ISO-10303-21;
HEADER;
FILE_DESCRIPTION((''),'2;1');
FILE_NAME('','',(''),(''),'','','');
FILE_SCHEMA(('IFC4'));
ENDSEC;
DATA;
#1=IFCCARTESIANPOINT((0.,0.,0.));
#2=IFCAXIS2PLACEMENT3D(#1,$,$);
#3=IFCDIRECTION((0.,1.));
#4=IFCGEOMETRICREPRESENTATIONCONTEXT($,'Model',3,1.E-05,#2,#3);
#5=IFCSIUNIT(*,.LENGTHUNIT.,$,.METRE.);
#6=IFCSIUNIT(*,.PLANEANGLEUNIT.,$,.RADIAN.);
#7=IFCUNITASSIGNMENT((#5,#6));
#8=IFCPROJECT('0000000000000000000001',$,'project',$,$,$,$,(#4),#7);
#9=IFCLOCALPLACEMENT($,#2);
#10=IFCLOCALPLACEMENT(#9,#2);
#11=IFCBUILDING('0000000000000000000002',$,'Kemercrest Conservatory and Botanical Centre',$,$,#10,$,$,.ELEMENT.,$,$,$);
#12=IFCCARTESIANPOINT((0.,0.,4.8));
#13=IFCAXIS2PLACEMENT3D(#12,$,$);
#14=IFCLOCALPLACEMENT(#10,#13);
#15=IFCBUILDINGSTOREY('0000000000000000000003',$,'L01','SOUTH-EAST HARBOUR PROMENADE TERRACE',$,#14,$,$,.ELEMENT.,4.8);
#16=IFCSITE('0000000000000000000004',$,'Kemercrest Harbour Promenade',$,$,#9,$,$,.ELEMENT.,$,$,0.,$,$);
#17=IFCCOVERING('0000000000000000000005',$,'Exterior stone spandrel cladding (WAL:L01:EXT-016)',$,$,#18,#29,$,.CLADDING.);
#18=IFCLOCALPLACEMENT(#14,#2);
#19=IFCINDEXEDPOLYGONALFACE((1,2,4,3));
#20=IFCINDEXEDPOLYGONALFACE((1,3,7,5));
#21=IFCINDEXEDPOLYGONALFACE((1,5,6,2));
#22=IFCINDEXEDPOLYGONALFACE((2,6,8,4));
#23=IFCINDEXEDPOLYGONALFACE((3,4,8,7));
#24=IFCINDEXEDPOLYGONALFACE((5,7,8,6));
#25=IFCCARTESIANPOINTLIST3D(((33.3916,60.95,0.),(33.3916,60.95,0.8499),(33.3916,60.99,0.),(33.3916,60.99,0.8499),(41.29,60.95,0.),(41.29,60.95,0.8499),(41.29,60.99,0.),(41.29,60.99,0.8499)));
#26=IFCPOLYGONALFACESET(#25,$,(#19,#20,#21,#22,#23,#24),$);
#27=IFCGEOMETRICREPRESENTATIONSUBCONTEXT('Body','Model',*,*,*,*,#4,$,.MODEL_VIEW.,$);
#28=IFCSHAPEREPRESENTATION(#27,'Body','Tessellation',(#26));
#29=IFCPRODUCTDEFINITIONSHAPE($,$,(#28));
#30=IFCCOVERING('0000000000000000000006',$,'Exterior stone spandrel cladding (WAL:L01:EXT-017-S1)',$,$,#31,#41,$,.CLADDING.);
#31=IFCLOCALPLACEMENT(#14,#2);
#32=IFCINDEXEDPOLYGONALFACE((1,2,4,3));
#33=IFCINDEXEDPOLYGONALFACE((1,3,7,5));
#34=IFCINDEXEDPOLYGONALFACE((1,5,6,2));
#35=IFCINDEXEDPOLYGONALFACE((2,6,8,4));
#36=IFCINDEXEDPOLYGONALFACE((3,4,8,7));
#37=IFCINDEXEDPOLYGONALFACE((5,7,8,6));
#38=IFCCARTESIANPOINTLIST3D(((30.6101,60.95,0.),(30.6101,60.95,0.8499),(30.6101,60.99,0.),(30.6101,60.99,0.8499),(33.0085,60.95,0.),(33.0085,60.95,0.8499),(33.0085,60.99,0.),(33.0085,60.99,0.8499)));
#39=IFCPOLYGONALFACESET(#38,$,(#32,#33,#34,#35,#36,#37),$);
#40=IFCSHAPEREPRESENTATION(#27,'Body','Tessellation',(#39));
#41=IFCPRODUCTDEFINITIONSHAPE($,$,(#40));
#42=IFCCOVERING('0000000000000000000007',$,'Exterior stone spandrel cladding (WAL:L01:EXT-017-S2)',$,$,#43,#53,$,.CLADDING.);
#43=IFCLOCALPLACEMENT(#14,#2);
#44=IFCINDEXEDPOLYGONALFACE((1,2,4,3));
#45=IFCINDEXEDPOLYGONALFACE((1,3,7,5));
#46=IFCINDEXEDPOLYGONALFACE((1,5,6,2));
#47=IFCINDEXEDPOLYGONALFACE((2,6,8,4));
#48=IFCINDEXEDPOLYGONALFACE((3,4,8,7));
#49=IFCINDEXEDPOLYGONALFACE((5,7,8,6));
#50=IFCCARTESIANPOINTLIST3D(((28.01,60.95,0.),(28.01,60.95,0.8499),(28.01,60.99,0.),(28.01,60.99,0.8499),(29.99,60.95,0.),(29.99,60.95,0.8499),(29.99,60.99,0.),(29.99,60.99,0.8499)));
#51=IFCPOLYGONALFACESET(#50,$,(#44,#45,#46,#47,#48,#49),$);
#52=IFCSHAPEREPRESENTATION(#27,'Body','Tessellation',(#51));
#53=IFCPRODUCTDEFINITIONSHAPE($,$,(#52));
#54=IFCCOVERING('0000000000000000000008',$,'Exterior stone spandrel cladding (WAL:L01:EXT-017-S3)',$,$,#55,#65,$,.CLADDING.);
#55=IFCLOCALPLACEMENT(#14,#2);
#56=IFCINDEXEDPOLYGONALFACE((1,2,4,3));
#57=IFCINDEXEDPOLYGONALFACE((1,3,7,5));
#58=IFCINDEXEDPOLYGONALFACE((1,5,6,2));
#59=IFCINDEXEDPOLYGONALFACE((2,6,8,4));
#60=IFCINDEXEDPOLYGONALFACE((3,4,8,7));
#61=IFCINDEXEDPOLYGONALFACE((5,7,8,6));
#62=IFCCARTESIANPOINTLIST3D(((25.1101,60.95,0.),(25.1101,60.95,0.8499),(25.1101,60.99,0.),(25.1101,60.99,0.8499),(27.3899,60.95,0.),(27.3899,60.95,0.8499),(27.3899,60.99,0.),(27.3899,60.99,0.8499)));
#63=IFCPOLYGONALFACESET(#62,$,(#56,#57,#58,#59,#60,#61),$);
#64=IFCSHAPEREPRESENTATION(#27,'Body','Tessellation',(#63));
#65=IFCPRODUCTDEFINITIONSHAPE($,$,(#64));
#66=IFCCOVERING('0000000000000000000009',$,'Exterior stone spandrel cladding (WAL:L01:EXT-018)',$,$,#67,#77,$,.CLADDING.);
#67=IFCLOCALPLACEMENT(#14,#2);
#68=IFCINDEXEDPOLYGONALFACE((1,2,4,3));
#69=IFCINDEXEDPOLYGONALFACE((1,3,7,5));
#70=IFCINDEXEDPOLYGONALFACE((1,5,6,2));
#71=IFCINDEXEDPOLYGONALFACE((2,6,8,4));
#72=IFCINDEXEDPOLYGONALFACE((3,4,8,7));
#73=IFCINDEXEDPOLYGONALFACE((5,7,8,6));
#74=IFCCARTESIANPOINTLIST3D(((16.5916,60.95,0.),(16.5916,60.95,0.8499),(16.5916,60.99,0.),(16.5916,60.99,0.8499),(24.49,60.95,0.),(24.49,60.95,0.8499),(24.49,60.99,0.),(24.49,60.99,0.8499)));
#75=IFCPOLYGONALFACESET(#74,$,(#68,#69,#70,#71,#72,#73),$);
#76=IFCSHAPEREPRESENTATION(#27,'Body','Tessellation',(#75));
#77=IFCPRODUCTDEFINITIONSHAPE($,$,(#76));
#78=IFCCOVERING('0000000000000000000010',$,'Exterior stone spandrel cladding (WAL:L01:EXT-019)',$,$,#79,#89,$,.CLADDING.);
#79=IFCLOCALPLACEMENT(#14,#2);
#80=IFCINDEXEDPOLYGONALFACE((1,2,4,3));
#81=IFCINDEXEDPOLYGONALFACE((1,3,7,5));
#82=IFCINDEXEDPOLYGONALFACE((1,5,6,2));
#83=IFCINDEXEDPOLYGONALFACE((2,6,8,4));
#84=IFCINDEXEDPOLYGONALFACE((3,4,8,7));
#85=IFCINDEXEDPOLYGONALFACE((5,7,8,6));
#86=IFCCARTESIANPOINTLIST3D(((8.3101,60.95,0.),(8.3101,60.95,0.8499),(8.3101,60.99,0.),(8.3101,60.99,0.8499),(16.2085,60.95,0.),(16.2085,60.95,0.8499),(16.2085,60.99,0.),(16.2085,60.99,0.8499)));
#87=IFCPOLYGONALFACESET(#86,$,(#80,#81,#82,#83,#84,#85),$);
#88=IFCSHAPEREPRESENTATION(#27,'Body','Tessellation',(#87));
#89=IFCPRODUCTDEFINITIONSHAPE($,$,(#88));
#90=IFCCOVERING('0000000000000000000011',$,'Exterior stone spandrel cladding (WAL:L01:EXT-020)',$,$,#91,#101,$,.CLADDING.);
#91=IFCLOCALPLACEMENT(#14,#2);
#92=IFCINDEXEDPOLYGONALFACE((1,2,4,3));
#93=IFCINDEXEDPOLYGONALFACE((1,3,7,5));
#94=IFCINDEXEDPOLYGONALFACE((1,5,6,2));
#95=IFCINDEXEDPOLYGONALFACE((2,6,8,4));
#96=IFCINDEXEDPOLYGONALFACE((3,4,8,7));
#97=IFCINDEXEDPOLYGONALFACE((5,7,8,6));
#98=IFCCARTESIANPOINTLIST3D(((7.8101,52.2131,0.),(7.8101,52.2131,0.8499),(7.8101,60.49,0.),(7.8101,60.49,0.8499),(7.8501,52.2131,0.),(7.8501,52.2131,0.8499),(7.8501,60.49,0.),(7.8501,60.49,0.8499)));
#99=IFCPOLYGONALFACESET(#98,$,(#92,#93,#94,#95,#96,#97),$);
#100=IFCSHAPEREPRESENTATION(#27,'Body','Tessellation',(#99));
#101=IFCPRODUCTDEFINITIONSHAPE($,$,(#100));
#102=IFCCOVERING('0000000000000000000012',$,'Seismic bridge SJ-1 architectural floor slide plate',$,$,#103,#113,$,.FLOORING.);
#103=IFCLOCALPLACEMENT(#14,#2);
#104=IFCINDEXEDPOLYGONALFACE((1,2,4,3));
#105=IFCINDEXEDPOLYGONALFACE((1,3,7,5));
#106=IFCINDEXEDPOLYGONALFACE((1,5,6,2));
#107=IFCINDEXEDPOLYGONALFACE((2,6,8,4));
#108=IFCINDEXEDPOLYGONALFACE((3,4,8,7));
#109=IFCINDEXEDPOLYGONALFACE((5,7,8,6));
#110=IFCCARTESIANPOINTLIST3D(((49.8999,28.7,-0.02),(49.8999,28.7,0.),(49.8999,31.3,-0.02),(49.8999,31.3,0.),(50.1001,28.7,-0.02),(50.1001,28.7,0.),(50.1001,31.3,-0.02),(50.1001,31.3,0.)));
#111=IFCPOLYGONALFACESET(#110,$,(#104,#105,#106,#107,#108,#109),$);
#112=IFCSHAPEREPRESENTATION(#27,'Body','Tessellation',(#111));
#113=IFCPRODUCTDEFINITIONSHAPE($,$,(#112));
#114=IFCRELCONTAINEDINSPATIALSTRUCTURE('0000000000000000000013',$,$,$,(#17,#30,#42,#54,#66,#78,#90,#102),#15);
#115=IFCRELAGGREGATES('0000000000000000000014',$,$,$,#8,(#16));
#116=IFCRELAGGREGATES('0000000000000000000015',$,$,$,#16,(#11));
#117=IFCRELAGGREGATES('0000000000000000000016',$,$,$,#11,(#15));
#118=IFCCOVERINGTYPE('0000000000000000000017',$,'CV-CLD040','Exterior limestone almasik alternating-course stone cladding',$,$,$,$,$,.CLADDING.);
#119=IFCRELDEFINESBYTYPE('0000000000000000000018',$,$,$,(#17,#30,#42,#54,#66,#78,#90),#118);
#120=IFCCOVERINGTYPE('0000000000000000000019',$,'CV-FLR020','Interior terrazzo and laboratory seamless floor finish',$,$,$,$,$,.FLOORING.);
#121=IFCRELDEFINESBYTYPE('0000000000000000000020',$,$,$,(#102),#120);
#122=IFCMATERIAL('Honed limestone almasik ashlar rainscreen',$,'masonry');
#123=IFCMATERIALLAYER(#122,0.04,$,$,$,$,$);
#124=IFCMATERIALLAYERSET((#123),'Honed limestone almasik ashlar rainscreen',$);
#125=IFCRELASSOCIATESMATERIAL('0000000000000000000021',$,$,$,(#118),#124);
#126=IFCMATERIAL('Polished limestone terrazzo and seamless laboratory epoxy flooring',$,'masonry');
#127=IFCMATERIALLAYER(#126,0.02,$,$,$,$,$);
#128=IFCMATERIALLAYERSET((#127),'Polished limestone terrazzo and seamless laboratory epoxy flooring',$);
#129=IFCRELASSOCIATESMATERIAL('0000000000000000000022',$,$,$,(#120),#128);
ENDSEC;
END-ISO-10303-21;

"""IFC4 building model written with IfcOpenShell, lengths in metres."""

from ifc_helpers import new_model, si_unit, direction, frame, origin, place, context, subcontext, project, spatial, polyline, outline, extrude, material, layer, layer_set, type_object, element, save


model = new_model("IFC4")

# Units and contexts
model_context = context("Model", 3, precision=1e-05, world=origin(), true_north=direction((0.0, 1.0)))
body_context = subcontext(model_context, "Body", "Model", "MODEL_VIEW")
ifc_project = project(units=[si_unit("LENGTHUNIT", "METRE"), si_unit("PLANEANGLEUNIT", "RADIAN")], contexts=[model_context])

# Site, building, storey
site_placement = place(None, origin())
site = spatial("IfcSite", under=ifc_project, at=site_placement, Name="Kemercrest Harbour Promenade", CompositionType="ELEMENT", RefElevation=0.0)
building_placement = place(site_placement, origin())
building = spatial("IfcBuilding", under=site, at=building_placement, Name="Kemercrest Conservatory and Botanical Centre", CompositionType="ELEMENT")
storey_placement = place(building_placement, frame((0.0, 0.0, 4.8)))
storey = spatial("IfcBuildingStorey", under=building, at=storey_placement, Name="L01", Description="SOUTH-EAST HARBOUR PROMENADE TERRACE", CompositionType="ELEMENT", Elevation=4.8)

# Coverings
ifc_material_1 = material(Name="Honed limestone almasik ashlar rainscreen", Category="masonry")
ifc_layer_1 = layer(ifc_material_1, 0.04)
ifc_layer_set_1 = layer_set([ifc_layer_1], Name="Honed limestone almasik ashlar rainscreen")
covering_type_1 = type_object("IfcCoveringType", Name="CV-CLD040", Description="Exterior limestone almasik alternating-course stone cladding", PredefinedType="CLADDING", material=ifc_layer_set_1)
covering_1_placement = place(storey_placement, origin())
element("IfcCovering", 1, at=covering_1_placement, inside=storey, type_object=covering_type_1, Name="Exterior stone spandrel cladding (WAL:L01:EXT-016)", PredefinedType="CLADDING", context=body_context, shape_type="SweptSolid", body=[
    extrude(outline(polyline([(41.29, 60.95), (41.29, 60.99), (33.3916, 60.99), (33.3916, 60.95), (41.29, 60.95)])), origin(), (0.0, 0.0, 1.0), 0.8499),
])
covering_2_placement = place(storey_placement, origin())
element("IfcCovering", 2, at=covering_2_placement, inside=storey, type_object=covering_type_1, Name="Exterior stone spandrel cladding (WAL:L01:EXT-017-S1)", PredefinedType="CLADDING", context=body_context, shape_type="SweptSolid", body=[
    extrude(outline(polyline([(33.0085, 60.95), (33.0085, 60.99), (30.6101, 60.99), (30.6101, 60.95), (33.0085, 60.95)])), origin(), (0.0, 0.0, 1.0), 0.8499),
])
covering_3_placement = place(storey_placement, origin())
element("IfcCovering", 3, at=covering_3_placement, inside=storey, type_object=covering_type_1, Name="Exterior stone spandrel cladding (WAL:L01:EXT-017-S2)", PredefinedType="CLADDING", context=body_context, shape_type="SweptSolid", body=[
    extrude(outline(polyline([(29.99, 60.95), (29.99, 60.99), (28.01, 60.99), (28.01, 60.95), (29.99, 60.95)])), origin(), (0.0, 0.0, 1.0), 0.8499),
])
covering_4_placement = place(storey_placement, origin())
element("IfcCovering", 4, at=covering_4_placement, inside=storey, type_object=covering_type_1, Name="Exterior stone spandrel cladding (WAL:L01:EXT-017-S3)", PredefinedType="CLADDING", context=body_context, shape_type="SweptSolid", body=[
    extrude(outline(polyline([(27.3899, 60.95), (27.3899, 60.99), (25.1101, 60.99), (25.1101, 60.95), (27.3899, 60.95)])), origin(), (0.0, 0.0, 1.0), 0.8499),
])
covering_5_placement = place(storey_placement, origin())
element("IfcCovering", 5, at=covering_5_placement, inside=storey, type_object=covering_type_1, Name="Exterior stone spandrel cladding (WAL:L01:EXT-018)", PredefinedType="CLADDING", context=body_context, shape_type="SweptSolid", body=[
    extrude(outline(polyline([(24.49, 60.95), (24.49, 60.99), (16.5916, 60.99), (16.5916, 60.95), (24.49, 60.95)])), origin(), (0.0, 0.0, 1.0), 0.8499),
])
covering_6_placement = place(storey_placement, origin())
element("IfcCovering", 6, at=covering_6_placement, inside=storey, type_object=covering_type_1, Name="Exterior stone spandrel cladding (WAL:L01:EXT-019)", PredefinedType="CLADDING", context=body_context, shape_type="SweptSolid", body=[
    extrude(outline(polyline([(16.2085, 60.95), (16.2085, 60.99), (8.3101, 60.99), (8.3101, 60.95), (16.2085, 60.95)])), origin(), (0.0, 0.0, 1.0), 0.8499),
])
covering_7_placement = place(storey_placement, origin())
element("IfcCovering", 7, at=covering_7_placement, inside=storey, type_object=covering_type_1, Name="Exterior stone spandrel cladding (WAL:L01:EXT-020)", PredefinedType="CLADDING", context=body_context, shape_type="SweptSolid", body=[
    extrude(outline(polyline([(7.8501, 60.49), (7.8101, 60.49), (7.8101, 52.2131), (7.8501, 52.2131), (7.8501, 60.49)])), origin(), (0.0, 0.0, 1.0), 0.8499),
])
ifc_material_2 = material(Name="Polished limestone terrazzo and seamless laboratory epoxy flooring", Category="masonry")
ifc_layer_2 = layer(ifc_material_2, 0.02)
ifc_layer_set_2 = layer_set([ifc_layer_2], Name="Polished limestone terrazzo and seamless laboratory epoxy flooring")
covering_type_2 = type_object("IfcCoveringType", Name="CV-FLR020", Description="Interior terrazzo and laboratory seamless floor finish", PredefinedType="FLOORING", material=ifc_layer_set_2)
covering_8_placement = place(storey_placement, frame((0.0, 0.0, -0.02)))
element("IfcCovering", 8, at=covering_8_placement, inside=storey, type_object=covering_type_2, Name="Seismic bridge SJ-1 architectural floor slide plate", PredefinedType="FLOORING", context=body_context, shape_type="SweptSolid", body=[
    extrude(outline(polyline([(49.8999, 28.7), (50.1001, 28.7), (50.1001, 31.3), (49.8999, 31.3), (49.8999, 28.7)])), origin(), (0.0, 0.0, 1.0), 0.02),
])

save(model, "model.ifc")
